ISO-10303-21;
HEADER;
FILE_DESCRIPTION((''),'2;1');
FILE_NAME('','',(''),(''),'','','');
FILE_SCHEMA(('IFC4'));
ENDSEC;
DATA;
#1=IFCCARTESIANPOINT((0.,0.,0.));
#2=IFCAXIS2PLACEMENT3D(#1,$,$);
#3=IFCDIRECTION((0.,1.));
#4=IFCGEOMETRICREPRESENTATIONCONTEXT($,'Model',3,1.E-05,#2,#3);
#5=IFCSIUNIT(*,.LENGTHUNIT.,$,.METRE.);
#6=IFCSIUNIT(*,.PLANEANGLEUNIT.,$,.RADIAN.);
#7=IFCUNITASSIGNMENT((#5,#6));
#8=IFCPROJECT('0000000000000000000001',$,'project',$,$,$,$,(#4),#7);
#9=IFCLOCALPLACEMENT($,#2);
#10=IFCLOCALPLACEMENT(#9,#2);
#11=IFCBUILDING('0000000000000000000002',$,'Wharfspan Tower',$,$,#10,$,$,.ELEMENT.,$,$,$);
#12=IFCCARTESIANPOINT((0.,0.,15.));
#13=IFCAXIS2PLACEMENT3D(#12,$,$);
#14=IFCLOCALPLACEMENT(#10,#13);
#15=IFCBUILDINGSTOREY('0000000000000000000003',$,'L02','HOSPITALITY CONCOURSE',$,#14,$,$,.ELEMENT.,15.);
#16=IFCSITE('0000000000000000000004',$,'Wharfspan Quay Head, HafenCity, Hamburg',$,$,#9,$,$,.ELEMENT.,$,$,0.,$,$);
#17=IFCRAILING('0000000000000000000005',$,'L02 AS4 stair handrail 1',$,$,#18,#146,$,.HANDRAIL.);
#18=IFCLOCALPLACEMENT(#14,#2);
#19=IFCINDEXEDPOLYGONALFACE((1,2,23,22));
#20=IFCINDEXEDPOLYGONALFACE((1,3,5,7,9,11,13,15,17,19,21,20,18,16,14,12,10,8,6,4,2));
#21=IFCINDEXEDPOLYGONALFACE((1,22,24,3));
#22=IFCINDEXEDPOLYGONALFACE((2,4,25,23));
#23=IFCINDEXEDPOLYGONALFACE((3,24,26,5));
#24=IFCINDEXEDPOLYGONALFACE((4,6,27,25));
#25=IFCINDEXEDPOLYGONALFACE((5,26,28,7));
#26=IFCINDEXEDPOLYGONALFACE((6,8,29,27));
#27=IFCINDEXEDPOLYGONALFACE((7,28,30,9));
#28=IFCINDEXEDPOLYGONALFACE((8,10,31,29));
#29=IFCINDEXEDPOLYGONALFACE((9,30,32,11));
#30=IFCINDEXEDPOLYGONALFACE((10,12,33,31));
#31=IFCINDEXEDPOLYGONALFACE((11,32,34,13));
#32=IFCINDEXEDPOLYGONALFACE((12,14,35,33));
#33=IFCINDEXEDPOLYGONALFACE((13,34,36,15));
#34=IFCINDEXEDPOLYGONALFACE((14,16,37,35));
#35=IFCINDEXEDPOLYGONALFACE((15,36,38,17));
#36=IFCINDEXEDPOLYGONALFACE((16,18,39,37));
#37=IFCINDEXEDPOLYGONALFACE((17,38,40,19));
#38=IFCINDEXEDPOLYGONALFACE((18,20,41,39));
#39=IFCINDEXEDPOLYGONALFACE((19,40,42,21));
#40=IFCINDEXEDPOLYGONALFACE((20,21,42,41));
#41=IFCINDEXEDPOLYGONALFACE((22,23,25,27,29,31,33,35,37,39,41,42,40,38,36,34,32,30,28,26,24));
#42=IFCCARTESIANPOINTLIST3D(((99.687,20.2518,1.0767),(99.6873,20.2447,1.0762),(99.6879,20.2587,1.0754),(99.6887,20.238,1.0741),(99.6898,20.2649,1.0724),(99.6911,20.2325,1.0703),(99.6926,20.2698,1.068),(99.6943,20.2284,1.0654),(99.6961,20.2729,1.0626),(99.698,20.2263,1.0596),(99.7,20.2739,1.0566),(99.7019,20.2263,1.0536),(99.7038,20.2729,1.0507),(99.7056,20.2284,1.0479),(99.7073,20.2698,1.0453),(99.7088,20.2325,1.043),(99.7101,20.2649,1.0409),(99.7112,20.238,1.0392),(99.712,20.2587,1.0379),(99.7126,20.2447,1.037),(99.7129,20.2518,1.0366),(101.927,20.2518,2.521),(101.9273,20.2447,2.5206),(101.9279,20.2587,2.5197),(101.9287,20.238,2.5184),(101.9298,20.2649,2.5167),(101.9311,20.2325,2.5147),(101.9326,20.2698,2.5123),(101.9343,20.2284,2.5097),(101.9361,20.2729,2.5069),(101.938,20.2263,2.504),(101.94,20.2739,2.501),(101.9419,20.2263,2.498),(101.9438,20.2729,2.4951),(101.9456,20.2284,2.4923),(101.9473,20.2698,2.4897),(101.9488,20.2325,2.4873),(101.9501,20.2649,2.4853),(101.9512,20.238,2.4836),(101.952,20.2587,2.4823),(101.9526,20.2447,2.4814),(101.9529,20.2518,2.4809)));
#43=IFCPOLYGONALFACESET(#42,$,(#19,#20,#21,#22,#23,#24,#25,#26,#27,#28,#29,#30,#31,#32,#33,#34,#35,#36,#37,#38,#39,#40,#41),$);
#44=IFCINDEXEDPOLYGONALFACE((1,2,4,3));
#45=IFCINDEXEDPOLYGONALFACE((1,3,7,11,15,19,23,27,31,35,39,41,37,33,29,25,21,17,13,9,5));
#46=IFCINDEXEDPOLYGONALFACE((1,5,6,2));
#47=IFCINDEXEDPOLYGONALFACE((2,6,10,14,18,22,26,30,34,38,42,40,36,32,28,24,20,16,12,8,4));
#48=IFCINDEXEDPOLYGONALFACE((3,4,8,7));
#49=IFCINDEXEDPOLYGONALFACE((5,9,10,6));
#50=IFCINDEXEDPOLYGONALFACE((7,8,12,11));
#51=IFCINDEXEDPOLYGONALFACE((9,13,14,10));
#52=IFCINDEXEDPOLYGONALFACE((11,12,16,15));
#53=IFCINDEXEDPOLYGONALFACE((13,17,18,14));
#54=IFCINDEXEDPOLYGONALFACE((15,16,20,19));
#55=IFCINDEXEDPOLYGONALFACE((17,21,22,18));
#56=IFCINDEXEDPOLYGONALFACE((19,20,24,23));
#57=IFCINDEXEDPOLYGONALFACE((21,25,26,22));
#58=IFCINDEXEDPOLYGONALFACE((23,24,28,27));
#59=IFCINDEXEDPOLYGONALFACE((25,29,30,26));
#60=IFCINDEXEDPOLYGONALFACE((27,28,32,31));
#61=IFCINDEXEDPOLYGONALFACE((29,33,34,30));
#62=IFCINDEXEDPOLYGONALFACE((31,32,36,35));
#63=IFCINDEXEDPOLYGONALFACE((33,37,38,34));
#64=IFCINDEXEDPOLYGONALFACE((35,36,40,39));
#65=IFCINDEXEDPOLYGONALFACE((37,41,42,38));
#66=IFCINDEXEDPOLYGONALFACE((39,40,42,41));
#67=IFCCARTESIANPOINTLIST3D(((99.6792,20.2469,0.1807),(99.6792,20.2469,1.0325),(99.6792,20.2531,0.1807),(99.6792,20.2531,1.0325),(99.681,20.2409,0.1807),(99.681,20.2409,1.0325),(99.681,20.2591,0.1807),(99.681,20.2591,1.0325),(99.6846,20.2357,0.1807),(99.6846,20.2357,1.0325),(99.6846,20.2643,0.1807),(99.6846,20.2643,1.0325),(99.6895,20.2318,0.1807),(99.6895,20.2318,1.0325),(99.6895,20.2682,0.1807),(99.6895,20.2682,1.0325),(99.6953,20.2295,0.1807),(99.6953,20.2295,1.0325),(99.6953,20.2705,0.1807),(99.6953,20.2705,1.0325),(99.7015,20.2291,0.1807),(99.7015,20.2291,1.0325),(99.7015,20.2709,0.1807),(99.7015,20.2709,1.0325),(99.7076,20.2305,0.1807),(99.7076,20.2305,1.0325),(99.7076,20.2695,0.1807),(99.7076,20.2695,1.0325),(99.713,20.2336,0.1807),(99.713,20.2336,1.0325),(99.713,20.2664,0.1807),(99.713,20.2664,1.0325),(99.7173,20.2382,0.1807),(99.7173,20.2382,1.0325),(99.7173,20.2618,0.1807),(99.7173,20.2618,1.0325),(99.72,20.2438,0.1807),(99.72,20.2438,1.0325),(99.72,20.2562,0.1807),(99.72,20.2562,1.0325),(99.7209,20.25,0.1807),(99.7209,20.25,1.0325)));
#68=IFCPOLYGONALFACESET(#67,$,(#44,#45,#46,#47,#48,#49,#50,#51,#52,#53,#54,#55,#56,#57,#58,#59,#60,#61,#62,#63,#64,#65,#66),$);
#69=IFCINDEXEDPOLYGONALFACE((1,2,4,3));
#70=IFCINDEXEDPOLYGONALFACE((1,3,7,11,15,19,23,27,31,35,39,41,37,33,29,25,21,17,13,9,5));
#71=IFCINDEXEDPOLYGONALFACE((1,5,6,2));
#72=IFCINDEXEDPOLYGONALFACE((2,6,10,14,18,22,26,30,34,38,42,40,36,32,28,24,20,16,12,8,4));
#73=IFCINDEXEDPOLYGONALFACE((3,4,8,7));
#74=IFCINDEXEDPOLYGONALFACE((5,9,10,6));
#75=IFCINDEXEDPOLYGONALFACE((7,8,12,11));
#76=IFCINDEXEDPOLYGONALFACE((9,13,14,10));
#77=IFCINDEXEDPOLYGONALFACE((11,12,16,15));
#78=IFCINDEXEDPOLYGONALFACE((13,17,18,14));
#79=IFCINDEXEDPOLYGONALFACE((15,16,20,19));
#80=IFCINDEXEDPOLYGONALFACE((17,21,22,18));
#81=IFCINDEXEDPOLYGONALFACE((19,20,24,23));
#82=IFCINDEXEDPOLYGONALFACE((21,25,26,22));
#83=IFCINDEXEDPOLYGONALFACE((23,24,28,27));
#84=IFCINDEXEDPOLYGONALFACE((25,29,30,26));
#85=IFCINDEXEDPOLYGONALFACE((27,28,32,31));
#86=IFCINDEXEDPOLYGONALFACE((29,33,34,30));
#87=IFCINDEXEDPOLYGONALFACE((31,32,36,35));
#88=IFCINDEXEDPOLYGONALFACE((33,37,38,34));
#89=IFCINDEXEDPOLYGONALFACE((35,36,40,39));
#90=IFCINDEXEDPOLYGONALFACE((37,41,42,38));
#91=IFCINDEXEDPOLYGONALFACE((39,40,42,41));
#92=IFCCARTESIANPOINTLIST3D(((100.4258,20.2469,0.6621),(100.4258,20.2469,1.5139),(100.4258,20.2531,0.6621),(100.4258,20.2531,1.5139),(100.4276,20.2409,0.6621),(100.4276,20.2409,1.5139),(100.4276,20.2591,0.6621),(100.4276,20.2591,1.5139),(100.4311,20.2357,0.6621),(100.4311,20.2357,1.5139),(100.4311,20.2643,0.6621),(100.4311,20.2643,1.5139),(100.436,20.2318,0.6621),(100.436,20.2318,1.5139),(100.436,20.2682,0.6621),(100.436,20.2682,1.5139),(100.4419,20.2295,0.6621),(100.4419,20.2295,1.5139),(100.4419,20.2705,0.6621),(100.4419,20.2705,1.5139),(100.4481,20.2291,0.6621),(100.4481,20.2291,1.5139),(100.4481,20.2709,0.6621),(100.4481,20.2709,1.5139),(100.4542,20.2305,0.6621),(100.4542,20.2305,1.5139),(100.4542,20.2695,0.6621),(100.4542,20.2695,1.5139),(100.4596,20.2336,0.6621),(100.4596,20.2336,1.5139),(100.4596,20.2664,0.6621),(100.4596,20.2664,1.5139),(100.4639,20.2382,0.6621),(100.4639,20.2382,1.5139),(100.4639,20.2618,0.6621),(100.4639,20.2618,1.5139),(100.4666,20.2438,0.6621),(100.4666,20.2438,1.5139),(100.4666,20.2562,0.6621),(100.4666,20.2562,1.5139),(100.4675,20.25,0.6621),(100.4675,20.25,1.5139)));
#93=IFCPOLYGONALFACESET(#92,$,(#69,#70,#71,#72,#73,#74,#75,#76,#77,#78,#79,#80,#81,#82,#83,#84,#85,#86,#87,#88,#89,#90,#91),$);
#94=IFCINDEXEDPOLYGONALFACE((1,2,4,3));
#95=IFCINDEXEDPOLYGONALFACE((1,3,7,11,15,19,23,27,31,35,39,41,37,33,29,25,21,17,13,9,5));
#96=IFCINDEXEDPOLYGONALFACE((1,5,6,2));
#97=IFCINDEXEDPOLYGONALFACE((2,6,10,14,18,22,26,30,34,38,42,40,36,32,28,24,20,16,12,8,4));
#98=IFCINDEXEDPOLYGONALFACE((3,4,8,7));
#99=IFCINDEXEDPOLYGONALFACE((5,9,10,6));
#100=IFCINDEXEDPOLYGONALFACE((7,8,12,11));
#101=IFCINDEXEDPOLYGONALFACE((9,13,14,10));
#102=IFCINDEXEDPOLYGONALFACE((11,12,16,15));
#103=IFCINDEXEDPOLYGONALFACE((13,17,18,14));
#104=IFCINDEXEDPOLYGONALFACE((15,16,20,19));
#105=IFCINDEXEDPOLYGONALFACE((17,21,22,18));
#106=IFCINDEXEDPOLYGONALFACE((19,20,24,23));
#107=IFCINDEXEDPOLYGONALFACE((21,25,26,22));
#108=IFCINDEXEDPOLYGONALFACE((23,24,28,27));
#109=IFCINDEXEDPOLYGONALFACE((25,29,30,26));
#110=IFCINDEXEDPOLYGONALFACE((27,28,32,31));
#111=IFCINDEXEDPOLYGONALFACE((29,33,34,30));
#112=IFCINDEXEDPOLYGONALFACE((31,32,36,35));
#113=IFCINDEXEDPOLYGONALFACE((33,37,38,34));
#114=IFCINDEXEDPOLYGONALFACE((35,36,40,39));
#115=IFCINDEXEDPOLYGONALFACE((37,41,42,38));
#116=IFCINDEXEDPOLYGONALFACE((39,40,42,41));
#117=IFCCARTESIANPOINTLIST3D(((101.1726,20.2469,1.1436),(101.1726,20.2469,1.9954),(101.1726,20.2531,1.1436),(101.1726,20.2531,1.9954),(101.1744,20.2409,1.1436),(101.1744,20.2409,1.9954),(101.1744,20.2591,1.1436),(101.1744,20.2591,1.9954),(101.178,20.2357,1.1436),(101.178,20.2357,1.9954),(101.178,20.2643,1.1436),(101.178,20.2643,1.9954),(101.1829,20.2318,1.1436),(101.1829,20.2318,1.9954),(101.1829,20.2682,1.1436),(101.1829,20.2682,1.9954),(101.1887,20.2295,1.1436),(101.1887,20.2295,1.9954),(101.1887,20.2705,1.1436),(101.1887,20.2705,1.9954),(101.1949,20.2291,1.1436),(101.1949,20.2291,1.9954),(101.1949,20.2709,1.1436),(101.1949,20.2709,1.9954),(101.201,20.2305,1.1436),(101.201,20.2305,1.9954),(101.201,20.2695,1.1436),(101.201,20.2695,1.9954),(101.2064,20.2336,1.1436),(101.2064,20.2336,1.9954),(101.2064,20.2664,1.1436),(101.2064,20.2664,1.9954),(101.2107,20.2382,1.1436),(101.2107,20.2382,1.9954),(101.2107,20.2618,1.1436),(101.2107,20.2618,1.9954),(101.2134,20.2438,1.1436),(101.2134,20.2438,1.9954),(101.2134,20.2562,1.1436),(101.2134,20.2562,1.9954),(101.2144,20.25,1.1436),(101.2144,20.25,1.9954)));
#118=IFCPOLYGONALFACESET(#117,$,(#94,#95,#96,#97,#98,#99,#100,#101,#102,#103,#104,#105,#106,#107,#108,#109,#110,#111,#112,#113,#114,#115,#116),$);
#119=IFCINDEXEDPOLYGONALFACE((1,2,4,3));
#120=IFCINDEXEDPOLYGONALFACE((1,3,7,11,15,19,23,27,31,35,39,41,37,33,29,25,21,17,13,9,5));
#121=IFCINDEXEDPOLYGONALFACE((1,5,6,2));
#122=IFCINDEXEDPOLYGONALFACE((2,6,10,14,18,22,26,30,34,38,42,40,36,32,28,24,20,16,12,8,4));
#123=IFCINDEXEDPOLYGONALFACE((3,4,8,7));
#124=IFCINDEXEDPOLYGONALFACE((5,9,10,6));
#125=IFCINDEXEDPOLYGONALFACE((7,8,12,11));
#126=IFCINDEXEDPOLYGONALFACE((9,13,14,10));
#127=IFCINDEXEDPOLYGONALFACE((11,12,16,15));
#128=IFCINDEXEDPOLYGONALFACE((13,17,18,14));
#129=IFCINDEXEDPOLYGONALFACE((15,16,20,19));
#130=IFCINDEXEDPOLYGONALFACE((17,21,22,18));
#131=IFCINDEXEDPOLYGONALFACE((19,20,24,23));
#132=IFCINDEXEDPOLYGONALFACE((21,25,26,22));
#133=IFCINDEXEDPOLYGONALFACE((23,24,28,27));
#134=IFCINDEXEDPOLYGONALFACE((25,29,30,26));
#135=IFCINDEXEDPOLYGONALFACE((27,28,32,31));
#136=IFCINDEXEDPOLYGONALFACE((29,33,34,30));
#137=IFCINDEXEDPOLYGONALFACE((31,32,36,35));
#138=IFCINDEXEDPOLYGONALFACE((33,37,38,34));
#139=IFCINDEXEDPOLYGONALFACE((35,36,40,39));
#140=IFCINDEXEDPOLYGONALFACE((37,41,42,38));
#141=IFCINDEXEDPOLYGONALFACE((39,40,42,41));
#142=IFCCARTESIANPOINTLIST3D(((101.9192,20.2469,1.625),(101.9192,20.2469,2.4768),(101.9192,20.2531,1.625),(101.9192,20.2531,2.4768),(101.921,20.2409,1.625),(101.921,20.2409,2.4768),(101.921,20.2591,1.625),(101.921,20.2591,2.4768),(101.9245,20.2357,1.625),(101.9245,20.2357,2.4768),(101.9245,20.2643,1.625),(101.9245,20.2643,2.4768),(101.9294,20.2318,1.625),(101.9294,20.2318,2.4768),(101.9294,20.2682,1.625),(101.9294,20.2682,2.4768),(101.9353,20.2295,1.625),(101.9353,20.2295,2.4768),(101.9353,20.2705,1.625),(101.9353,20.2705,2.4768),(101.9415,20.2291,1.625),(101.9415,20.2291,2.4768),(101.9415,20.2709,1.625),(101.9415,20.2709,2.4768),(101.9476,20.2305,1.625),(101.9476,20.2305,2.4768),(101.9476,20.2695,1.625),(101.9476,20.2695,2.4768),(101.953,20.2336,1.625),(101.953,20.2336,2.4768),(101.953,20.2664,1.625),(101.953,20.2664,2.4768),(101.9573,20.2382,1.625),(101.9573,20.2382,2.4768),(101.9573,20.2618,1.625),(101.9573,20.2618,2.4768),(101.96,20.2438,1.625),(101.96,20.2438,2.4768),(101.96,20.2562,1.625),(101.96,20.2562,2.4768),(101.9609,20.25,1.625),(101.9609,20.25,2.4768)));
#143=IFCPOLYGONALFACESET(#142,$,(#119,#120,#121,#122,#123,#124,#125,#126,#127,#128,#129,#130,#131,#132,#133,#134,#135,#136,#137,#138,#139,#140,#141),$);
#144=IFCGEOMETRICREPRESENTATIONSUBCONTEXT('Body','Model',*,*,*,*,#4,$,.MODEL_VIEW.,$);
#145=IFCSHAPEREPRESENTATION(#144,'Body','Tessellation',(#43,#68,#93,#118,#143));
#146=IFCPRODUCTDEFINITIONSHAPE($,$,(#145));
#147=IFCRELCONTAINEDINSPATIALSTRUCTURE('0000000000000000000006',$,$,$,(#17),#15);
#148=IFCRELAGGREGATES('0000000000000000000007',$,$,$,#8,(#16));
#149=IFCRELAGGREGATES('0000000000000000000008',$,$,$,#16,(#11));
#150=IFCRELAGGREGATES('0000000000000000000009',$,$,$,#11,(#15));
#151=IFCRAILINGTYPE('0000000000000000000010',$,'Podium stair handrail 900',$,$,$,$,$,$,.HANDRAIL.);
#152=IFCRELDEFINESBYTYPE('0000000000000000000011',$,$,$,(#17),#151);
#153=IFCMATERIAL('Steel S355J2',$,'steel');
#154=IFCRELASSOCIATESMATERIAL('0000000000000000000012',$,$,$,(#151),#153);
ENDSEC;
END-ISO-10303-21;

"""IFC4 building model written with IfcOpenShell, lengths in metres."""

from ifc_helpers import new_model, si_unit, direction, frame, origin, origin_2d, place, context, subcontext, project, spatial, circle, extrude, material, type_object, element, save


model = new_model("IFC4")

# Units and contexts
model_context = context("Model", 3, precision=1e-05, world=origin(), true_north=direction((0.0, 1.0)))
body_context = subcontext(model_context, "Body", "Model", "MODEL_VIEW")
ifc_project = project(units=[si_unit("LENGTHUNIT", "METRE"), si_unit("PLANEANGLEUNIT", "RADIAN")], contexts=[model_context])

# Site, building, storey
site_placement = place(None, origin())
site = spatial("IfcSite", under=ifc_project, at=site_placement, Name="Wharfspan Quay Head, HafenCity, Hamburg", CompositionType="ELEMENT", RefElevation=0.0)
building_placement = place(site_placement, origin())
building = spatial("IfcBuilding", under=site, at=building_placement, Name="Wharfspan Tower", CompositionType="ELEMENT")
storey_placement = place(building_placement, frame((0.0, 0.0, 15.0)))
storey = spatial("IfcBuildingStorey", under=building, at=storey_placement, Name="L02", Description="HOSPITALITY CONCOURSE", CompositionType="ELEMENT", Elevation=15.0)

# Railing
ifc_material_1 = material(Name="Steel S355J2", Category="steel")
railing_type = type_object("IfcRailingType", Name="Podium stair handrail 900", PredefinedType="HANDRAIL", material=ifc_material_1)
for number, where, name in (
    (1, (99.7, 20.25, 0.1807), "L02 AS4 stair handrail 1"),
):
    element("IfcRailing", number, at=place(storey_placement, frame(where)), inside=storey, type_object=railing_type, Name=name, PredefinedType="HANDRAIL", context=body_context, shape_type="SweptSolid", body=[
        extrude(circle(Radius=0.0239, at=origin_2d()), frame((0.0, 0.0, 0.876), z_axis=(0.840437, 0.0, 0.54191), x_axis=(0.0, 1.0, 0.0)), (0.0, 0.0, 1.0), 2.6653),
        extrude(circle(Radius=0.021, at=origin_2d()), origin(), (0.0, 0.0, 1.0), 0.8518),
        extrude(circle(Radius=0.021, at=origin_2d()), frame((0.7466, 0.0, 0.4814)), (0.0, 0.0, 1.0), 0.8518),
        extrude(circle(Radius=0.021, at=origin_2d()), frame((1.4934, 0.0, 0.9629)), (0.0, 0.0, 1.0), 0.8518),
        extrude(circle(Radius=0.021, at=origin_2d()), frame((2.24, 0.0, 1.4443)), (0.0, 0.0, 1.0), 0.8518),
    ])

save(model, "model.ifc")
